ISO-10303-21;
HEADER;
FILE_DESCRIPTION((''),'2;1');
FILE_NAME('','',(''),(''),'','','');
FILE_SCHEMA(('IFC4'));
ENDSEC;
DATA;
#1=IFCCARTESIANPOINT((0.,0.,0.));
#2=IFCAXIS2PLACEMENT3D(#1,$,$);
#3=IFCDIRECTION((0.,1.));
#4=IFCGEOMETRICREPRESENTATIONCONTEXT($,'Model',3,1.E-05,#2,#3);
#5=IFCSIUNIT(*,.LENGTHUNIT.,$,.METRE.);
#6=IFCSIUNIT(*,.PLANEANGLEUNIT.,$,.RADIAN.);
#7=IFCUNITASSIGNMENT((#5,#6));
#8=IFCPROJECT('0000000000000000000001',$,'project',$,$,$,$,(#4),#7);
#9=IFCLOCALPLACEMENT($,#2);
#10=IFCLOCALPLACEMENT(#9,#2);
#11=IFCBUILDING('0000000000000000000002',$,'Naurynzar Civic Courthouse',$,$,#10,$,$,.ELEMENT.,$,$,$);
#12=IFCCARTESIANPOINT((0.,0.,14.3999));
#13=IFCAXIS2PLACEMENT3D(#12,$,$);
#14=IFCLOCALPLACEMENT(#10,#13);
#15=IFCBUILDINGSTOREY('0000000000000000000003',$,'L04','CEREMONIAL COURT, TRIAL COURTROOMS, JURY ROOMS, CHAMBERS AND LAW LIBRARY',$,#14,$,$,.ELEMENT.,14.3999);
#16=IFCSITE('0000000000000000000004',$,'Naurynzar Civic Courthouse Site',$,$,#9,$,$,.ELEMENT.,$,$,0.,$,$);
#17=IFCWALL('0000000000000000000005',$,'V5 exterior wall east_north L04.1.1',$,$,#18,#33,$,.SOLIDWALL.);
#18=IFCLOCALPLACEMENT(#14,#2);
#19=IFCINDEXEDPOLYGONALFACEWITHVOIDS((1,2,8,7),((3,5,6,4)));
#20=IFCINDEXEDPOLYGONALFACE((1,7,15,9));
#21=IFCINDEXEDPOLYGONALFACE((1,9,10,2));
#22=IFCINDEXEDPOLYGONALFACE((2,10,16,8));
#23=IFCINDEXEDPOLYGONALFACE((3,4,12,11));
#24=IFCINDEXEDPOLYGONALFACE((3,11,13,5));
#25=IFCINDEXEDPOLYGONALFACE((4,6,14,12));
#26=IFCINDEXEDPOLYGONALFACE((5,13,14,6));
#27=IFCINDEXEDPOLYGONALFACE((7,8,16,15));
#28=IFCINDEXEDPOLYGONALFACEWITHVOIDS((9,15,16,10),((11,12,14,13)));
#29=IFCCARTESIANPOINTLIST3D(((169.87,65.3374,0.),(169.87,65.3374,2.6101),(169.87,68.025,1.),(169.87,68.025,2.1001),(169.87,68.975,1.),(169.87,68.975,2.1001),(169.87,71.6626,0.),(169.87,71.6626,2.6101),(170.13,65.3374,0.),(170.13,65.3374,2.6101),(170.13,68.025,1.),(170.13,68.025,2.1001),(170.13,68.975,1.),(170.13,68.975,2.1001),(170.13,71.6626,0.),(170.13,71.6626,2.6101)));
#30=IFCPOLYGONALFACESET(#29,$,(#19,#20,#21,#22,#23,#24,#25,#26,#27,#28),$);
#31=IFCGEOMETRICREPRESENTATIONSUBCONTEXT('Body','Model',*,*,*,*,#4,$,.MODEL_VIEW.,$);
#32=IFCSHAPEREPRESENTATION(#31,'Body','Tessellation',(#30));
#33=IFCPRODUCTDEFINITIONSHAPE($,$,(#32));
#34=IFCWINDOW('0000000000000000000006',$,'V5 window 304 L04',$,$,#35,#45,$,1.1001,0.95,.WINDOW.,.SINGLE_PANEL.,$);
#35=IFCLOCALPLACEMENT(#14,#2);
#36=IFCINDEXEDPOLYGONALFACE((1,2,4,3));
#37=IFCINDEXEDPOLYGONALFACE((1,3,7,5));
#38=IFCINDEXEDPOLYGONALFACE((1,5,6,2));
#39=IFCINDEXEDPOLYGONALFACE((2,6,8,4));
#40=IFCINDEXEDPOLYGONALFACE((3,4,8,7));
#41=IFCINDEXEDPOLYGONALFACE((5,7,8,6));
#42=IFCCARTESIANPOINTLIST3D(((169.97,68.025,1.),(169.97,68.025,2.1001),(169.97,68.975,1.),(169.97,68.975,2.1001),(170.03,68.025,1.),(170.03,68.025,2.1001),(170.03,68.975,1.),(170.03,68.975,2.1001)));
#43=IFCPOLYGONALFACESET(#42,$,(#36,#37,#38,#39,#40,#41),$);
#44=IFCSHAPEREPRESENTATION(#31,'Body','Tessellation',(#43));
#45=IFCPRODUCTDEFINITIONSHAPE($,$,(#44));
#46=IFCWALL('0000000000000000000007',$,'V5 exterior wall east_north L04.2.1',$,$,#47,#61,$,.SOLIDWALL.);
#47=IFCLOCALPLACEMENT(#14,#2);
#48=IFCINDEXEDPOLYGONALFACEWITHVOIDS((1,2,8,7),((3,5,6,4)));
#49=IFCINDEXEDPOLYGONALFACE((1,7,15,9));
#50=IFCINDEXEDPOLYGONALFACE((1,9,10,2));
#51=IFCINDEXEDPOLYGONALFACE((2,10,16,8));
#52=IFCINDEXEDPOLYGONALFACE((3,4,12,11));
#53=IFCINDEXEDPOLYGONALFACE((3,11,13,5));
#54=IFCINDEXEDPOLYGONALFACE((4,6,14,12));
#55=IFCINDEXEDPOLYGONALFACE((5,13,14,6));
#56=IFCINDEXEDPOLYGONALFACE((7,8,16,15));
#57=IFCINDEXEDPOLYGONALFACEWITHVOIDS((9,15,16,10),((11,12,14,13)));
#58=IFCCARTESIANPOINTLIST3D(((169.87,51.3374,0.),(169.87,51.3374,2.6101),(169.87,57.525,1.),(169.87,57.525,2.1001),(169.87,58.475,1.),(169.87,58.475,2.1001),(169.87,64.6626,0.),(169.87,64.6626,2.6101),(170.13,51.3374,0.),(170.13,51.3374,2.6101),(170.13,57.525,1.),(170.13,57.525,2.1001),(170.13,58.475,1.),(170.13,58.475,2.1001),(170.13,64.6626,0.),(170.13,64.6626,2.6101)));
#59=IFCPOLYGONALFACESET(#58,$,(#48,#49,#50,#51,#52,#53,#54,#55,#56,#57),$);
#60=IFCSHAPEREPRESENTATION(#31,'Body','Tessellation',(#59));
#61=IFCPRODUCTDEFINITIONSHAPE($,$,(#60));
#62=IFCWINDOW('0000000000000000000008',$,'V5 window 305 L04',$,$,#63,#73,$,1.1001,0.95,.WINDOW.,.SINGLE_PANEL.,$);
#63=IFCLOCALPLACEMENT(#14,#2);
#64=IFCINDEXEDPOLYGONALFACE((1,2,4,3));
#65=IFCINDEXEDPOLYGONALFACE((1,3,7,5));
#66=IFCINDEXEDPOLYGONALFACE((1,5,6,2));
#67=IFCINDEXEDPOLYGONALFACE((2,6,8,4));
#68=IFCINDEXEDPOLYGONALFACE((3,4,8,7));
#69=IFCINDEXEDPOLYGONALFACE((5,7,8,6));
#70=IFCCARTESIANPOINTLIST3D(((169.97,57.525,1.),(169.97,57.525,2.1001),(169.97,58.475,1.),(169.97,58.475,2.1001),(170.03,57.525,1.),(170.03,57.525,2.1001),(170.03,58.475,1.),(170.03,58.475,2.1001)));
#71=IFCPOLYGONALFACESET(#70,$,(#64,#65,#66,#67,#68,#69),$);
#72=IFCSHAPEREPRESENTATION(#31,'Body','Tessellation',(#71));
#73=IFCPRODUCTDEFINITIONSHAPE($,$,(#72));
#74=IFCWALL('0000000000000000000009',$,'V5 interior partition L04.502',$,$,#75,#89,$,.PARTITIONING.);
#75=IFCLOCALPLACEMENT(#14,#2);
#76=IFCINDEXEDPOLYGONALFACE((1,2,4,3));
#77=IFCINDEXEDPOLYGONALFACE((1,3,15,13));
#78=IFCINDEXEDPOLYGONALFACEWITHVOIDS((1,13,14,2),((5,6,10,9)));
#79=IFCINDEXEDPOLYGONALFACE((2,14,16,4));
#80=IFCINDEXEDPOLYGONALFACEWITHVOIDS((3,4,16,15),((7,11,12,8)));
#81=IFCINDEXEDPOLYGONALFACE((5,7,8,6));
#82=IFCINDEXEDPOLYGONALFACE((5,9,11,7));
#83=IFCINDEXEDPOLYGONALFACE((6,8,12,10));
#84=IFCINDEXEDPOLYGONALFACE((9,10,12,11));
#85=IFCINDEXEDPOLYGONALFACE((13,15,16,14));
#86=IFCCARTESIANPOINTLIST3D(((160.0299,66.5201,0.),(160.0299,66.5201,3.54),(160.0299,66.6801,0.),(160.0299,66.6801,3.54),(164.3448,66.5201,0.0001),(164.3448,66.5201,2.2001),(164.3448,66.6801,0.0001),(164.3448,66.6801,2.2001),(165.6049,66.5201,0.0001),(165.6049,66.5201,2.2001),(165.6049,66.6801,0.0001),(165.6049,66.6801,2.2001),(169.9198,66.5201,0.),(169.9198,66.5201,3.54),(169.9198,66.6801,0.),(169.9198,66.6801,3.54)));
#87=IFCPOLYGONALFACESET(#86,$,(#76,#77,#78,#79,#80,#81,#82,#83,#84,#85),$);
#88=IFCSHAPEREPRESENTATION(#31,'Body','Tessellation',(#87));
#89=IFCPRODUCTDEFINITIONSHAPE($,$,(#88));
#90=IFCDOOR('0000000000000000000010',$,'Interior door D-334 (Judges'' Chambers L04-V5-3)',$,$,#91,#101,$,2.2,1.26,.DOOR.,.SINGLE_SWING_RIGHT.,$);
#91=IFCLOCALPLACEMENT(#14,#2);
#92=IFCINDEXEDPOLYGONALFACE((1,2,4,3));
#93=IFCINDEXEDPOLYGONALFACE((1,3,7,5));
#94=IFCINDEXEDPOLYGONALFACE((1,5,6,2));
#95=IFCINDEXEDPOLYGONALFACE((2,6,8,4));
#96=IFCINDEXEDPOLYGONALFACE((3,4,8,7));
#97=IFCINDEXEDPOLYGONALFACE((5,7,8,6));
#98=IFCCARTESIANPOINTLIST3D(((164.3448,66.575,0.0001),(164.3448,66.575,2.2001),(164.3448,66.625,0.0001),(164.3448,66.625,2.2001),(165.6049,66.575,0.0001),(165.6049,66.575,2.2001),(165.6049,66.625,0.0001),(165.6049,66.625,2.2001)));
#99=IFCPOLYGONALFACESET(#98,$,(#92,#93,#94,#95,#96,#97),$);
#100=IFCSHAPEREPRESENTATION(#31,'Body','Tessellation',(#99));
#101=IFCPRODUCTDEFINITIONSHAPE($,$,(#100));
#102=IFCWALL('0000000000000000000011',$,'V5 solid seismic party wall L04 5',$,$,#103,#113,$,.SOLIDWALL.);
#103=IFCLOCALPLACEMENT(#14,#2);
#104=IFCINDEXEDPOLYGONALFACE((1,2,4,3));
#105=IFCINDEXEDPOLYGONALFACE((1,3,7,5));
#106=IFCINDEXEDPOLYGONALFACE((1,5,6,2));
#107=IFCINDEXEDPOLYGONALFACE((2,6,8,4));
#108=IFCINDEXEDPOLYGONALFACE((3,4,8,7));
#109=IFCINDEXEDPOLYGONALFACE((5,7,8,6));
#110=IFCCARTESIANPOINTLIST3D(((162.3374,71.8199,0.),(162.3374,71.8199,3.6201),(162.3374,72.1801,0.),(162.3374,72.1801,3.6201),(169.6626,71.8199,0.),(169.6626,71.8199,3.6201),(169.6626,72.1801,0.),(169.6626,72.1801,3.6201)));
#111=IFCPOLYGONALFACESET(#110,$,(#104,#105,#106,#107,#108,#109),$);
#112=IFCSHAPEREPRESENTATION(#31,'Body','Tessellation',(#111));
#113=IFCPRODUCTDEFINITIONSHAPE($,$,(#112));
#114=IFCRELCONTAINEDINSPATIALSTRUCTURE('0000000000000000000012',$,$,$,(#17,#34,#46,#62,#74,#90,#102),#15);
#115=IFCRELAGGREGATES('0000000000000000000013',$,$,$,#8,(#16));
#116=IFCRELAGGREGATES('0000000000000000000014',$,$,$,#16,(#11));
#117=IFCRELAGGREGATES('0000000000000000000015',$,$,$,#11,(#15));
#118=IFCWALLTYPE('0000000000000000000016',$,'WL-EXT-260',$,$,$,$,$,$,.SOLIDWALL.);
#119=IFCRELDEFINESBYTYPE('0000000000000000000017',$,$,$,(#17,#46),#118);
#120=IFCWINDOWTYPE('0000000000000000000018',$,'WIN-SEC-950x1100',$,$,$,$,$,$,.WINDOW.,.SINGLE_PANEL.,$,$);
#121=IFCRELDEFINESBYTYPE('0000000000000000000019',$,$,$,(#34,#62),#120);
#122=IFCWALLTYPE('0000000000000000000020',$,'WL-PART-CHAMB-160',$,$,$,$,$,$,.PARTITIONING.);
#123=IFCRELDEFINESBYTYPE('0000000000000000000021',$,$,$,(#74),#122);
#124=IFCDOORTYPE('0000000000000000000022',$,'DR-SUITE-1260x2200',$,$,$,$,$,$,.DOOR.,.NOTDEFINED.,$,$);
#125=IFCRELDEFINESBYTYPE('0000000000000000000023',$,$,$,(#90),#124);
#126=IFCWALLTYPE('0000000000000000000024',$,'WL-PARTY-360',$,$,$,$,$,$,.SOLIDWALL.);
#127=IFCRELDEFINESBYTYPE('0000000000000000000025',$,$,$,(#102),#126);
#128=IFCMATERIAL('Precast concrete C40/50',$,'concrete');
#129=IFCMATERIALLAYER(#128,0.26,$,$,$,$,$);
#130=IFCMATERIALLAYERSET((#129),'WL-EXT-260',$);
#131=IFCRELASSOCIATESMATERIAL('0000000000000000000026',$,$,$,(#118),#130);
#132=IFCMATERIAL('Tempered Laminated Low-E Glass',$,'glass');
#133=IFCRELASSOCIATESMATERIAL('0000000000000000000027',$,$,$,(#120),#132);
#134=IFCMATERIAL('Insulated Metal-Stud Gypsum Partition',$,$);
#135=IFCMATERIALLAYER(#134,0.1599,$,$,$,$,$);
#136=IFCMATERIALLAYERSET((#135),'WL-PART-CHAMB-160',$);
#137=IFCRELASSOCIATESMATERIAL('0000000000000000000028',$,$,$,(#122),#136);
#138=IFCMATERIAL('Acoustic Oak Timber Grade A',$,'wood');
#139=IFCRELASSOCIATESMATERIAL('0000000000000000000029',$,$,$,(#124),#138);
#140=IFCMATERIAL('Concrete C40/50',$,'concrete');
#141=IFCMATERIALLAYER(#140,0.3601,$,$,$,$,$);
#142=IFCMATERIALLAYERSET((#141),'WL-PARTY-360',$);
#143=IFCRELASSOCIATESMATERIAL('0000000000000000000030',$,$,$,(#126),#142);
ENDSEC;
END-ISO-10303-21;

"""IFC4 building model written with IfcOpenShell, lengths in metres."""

from ifc_helpers import new_model, si_unit, direction, frame, frame_2d, origin, place, context, subcontext, project, spatial, rectangle, extrude, material, layer, layer_set, type_object, element, fill, save


model = new_model("IFC4")

# Units and contexts
model_context = context("Model", 3, precision=1e-05, world=origin(), true_north=direction((0.0, 1.0)))
body_context = subcontext(model_context, "Body", "Model", "MODEL_VIEW")
ifc_project = project(units=[si_unit("LENGTHUNIT", "METRE"), si_unit("PLANEANGLEUNIT", "RADIAN")], contexts=[model_context])

# Site, building, storey
site_placement = place(None, origin())
site = spatial("IfcSite", under=ifc_project, at=site_placement, Name="Naurynzar Civic Courthouse Site", CompositionType="ELEMENT", RefElevation=0.0)
building_placement = place(site_placement, origin())
building = spatial("IfcBuilding", under=site, at=building_placement, Name="Naurynzar Civic Courthouse", CompositionType="ELEMENT")
storey_placement = place(building_placement, frame((0.0, 0.0, 14.3999)))
storey = spatial("IfcBuildingStorey", under=building, at=storey_placement, Name="L04", Description="CEREMONIAL COURT, TRIAL COURTROOMS, JURY ROOMS, CHAMBERS AND LAW LIBRARY", CompositionType="ELEMENT", Elevation=14.3999)

# Walls, openings, windows
ifc_material_1 = material(Name="Precast concrete C40/50", Category="concrete")
ifc_layer_1 = layer(ifc_material_1, 0.26)
ifc_layer_set_1 = layer_set([ifc_layer_1], Name="WL-EXT-260")
wall_type_1 = type_object("IfcWallType", Name="WL-EXT-260", PredefinedType="SOLIDWALL", material=ifc_layer_set_1)
wall_1_placement = place(storey_placement, frame((170.0, 71.6626, 0.0), z_axis=(0.0, 0.0, 1.0), x_axis=(0.0, -1.0, 0.0)))
wall_1 = element("IfcWall", 1, at=wall_1_placement, inside=storey, type_object=wall_type_1, Name="V5 exterior wall east_north L04.1.1", PredefinedType="SOLIDWALL", context=body_context, shape_type="SweptSolid", body=[
    extrude(rectangle(XDim=6.3252, YDim=0.26, at=frame_2d((3.1626, 0.0))), origin(), (0.0, 0.0, 1.0), 2.6101),
])
opening_1_placement = place(wall_1_placement, frame((2.6875, 0.0, 1.0)))
opening_1 = element("IfcOpeningElement", 2, at=opening_1_placement, cuts=wall_1, PredefinedType="OPENING", context=body_context, shape_type="SweptSolid", body=[
    extrude(rectangle(XDim=0.95, YDim=1.1001, at=frame_2d((0.4751, 0.55))), frame((0.0, 0.1399, 0.0), z_axis=(0.0, -1.0, 0.0), x_axis=(1.0, 0.0, 0.0)), (0.0, 0.0, 1.0), 0.28),
])
ifc_material_2 = material(Name="Tempered Laminated Low-E Glass", Category="glass")
window_type = type_object("IfcWindowType", Name="WIN-SEC-950x1100", PartitioningType="SINGLE_PANEL", PredefinedType="WINDOW", material=ifc_material_2)
window_1_placement = place(opening_1_placement, origin())
window_1 = element("IfcWindow", 3, at=window_1_placement, inside=storey, type_object=window_type, Name="V5 window 304 L04", OverallHeight=1.1001, OverallWidth=0.95, PartitioningType="SINGLE_PANEL", PredefinedType="WINDOW", context=body_context, shape_type="SweptSolid", body=[
    extrude(rectangle(XDim=0.95, YDim=1.1001, at=frame_2d((0.4751, 0.55))), frame((0.0, 0.03, 0.0), z_axis=(0.0, -1.0, 0.0), x_axis=(1.0, 0.0, 0.0)), (0.0, 0.0, 1.0), 0.0601),
])
fill(opening_1, window_1)
wall_2_placement = place(storey_placement, frame((170.0, 64.6626, 0.0), z_axis=(0.0, 0.0, 1.0), x_axis=(0.0, -1.0, 0.0)))
wall_2 = element("IfcWall", 4, at=wall_2_placement, inside=storey, type_object=wall_type_1, Name="V5 exterior wall east_north L04.2.1", PredefinedType="SOLIDWALL", context=body_context, shape_type="SweptSolid", body=[
    extrude(rectangle(XDim=13.3252, YDim=0.26, at=frame_2d((6.6626, 0.0))), origin(), (0.0, 0.0, 1.0), 2.6101),
])
opening_2_placement = place(wall_2_placement, frame((6.1875, 0.0, 1.0)))
opening_2 = element("IfcOpeningElement", 5, at=opening_2_placement, cuts=wall_2, PredefinedType="OPENING", context=body_context, shape_type="SweptSolid", body=[
    extrude(rectangle(XDim=0.95, YDim=1.1001, at=frame_2d((0.4751, 0.55))), frame((0.0, 0.1399, 0.0), z_axis=(0.0, -1.0, 0.0), x_axis=(1.0, 0.0, 0.0)), (0.0, 0.0, 1.0), 0.28),
])
window_2_placement = place(opening_2_placement, origin())
window_2 = element("IfcWindow", 6, at=window_2_placement, inside=storey, type_object=window_type, Name="V5 window 305 L04", OverallHeight=1.1001, OverallWidth=0.95, PartitioningType="SINGLE_PANEL", PredefinedType="WINDOW", context=body_context, shape_type="SweptSolid", body=[
    extrude(rectangle(XDim=0.95, YDim=1.1001, at=frame_2d((0.4751, 0.55))), frame((0.0, 0.03, 0.0), z_axis=(0.0, -1.0, 0.0), x_axis=(1.0, 0.0, 0.0)), (0.0, 0.0, 1.0), 0.0601),
])
fill(opening_2, window_2)

# Wall, opening, door
ifc_material_3 = material(Name="Insulated Metal-Stud Gypsum Partition")
ifc_layer_2 = layer(ifc_material_3, 0.1599)
ifc_layer_set_2 = layer_set([ifc_layer_2], Name="WL-PART-CHAMB-160")
wall_type_2 = type_object("IfcWallType", Name="WL-PART-CHAMB-160", PredefinedType="PARTITIONING", material=ifc_layer_set_2)
wall_3_placement = place(storey_placement, frame((160.03, 66.6001, 0.0), z_axis=(0.0, 0.0, 1.0), x_axis=(1.0, 0.0, 0.0)))
wall_3 = element("IfcWall", 7, at=wall_3_placement, inside=storey, type_object=wall_type_2, Name="V5 interior partition L04.502", PredefinedType="PARTITIONING", context=body_context, shape_type="SweptSolid", body=[
    extrude(rectangle(XDim=9.8899, YDim=0.1599, at=frame_2d((4.9448, 0.0))), origin(), (0.0, 0.0, 1.0), 3.54),
])
opening_3_placement = place(wall_3_placement, frame((4.3149, 0.0, 0.0)))
opening_3 = element("IfcOpeningElement", 8, at=opening_3_placement, cuts=wall_3, PredefinedType="OPENING", context=body_context, shape_type="SweptSolid", body=[
    extrude(rectangle(XDim=1.26, YDim=2.2, at=frame_2d((0.6299, 1.1001))), frame((0.0, 0.0898, 0.0), z_axis=(0.0, -1.0, 0.0), x_axis=(1.0, 0.0, 0.0)), (0.0, 0.0, 1.0), 0.1799),
])
ifc_material_4 = material(Name="Acoustic Oak Timber Grade A", Category="wood")
door_type = type_object("IfcDoorType", Name="DR-SUITE-1260x2200", OperationType="NOTDEFINED", PredefinedType="DOOR", material=ifc_material_4)
door_placement = place(opening_3_placement, origin())
door = element("IfcDoor", 9, at=door_placement, inside=storey, type_object=door_type, Name="Interior door D-334 (Judges' Chambers L04-V5-3)", OperationType="SINGLE_SWING_RIGHT", OverallHeight=2.2, OverallWidth=1.26, PredefinedType="DOOR", context=body_context, shape_type="SweptSolid", body=[
    extrude(rectangle(XDim=1.26, YDim=2.2, at=frame_2d((0.6299, 1.1001))), frame((0.0, 0.0249, 0.0), z_axis=(0.0, -1.0, 0.0), x_axis=(1.0, 0.0, 0.0)), (0.0, 0.0, 1.0), 0.05),
])
fill(opening_3, door)

# Wall
ifc_material_5 = material(Name="Concrete C40/50", Category="concrete")
ifc_layer_3 = layer(ifc_material_5, 0.3601)
ifc_layer_set_3 = layer_set([ifc_layer_3], Name="WL-PARTY-360")
wall_type_3 = type_object("IfcWallType", Name="WL-PARTY-360", PredefinedType="SOLIDWALL", material=ifc_layer_set_3)
wall_4_placement = place(storey_placement, frame((162.3374, 72.0, 0.0), z_axis=(0.0, 0.0, 1.0), x_axis=(1.0, 0.0, 0.0)))
element("IfcWall", 10, at=wall_4_placement, inside=storey, type_object=wall_type_3, Name="V5 solid seismic party wall L04 5", PredefinedType="SOLIDWALL", context=body_context, shape_type="SweptSolid", body=[
    extrude(rectangle(XDim=7.3252, YDim=0.3601, at=frame_2d((3.6626, 0.0))), origin(), (0.0, 0.0, 1.0), 3.6201),
])

save(model, "model.ifc")
